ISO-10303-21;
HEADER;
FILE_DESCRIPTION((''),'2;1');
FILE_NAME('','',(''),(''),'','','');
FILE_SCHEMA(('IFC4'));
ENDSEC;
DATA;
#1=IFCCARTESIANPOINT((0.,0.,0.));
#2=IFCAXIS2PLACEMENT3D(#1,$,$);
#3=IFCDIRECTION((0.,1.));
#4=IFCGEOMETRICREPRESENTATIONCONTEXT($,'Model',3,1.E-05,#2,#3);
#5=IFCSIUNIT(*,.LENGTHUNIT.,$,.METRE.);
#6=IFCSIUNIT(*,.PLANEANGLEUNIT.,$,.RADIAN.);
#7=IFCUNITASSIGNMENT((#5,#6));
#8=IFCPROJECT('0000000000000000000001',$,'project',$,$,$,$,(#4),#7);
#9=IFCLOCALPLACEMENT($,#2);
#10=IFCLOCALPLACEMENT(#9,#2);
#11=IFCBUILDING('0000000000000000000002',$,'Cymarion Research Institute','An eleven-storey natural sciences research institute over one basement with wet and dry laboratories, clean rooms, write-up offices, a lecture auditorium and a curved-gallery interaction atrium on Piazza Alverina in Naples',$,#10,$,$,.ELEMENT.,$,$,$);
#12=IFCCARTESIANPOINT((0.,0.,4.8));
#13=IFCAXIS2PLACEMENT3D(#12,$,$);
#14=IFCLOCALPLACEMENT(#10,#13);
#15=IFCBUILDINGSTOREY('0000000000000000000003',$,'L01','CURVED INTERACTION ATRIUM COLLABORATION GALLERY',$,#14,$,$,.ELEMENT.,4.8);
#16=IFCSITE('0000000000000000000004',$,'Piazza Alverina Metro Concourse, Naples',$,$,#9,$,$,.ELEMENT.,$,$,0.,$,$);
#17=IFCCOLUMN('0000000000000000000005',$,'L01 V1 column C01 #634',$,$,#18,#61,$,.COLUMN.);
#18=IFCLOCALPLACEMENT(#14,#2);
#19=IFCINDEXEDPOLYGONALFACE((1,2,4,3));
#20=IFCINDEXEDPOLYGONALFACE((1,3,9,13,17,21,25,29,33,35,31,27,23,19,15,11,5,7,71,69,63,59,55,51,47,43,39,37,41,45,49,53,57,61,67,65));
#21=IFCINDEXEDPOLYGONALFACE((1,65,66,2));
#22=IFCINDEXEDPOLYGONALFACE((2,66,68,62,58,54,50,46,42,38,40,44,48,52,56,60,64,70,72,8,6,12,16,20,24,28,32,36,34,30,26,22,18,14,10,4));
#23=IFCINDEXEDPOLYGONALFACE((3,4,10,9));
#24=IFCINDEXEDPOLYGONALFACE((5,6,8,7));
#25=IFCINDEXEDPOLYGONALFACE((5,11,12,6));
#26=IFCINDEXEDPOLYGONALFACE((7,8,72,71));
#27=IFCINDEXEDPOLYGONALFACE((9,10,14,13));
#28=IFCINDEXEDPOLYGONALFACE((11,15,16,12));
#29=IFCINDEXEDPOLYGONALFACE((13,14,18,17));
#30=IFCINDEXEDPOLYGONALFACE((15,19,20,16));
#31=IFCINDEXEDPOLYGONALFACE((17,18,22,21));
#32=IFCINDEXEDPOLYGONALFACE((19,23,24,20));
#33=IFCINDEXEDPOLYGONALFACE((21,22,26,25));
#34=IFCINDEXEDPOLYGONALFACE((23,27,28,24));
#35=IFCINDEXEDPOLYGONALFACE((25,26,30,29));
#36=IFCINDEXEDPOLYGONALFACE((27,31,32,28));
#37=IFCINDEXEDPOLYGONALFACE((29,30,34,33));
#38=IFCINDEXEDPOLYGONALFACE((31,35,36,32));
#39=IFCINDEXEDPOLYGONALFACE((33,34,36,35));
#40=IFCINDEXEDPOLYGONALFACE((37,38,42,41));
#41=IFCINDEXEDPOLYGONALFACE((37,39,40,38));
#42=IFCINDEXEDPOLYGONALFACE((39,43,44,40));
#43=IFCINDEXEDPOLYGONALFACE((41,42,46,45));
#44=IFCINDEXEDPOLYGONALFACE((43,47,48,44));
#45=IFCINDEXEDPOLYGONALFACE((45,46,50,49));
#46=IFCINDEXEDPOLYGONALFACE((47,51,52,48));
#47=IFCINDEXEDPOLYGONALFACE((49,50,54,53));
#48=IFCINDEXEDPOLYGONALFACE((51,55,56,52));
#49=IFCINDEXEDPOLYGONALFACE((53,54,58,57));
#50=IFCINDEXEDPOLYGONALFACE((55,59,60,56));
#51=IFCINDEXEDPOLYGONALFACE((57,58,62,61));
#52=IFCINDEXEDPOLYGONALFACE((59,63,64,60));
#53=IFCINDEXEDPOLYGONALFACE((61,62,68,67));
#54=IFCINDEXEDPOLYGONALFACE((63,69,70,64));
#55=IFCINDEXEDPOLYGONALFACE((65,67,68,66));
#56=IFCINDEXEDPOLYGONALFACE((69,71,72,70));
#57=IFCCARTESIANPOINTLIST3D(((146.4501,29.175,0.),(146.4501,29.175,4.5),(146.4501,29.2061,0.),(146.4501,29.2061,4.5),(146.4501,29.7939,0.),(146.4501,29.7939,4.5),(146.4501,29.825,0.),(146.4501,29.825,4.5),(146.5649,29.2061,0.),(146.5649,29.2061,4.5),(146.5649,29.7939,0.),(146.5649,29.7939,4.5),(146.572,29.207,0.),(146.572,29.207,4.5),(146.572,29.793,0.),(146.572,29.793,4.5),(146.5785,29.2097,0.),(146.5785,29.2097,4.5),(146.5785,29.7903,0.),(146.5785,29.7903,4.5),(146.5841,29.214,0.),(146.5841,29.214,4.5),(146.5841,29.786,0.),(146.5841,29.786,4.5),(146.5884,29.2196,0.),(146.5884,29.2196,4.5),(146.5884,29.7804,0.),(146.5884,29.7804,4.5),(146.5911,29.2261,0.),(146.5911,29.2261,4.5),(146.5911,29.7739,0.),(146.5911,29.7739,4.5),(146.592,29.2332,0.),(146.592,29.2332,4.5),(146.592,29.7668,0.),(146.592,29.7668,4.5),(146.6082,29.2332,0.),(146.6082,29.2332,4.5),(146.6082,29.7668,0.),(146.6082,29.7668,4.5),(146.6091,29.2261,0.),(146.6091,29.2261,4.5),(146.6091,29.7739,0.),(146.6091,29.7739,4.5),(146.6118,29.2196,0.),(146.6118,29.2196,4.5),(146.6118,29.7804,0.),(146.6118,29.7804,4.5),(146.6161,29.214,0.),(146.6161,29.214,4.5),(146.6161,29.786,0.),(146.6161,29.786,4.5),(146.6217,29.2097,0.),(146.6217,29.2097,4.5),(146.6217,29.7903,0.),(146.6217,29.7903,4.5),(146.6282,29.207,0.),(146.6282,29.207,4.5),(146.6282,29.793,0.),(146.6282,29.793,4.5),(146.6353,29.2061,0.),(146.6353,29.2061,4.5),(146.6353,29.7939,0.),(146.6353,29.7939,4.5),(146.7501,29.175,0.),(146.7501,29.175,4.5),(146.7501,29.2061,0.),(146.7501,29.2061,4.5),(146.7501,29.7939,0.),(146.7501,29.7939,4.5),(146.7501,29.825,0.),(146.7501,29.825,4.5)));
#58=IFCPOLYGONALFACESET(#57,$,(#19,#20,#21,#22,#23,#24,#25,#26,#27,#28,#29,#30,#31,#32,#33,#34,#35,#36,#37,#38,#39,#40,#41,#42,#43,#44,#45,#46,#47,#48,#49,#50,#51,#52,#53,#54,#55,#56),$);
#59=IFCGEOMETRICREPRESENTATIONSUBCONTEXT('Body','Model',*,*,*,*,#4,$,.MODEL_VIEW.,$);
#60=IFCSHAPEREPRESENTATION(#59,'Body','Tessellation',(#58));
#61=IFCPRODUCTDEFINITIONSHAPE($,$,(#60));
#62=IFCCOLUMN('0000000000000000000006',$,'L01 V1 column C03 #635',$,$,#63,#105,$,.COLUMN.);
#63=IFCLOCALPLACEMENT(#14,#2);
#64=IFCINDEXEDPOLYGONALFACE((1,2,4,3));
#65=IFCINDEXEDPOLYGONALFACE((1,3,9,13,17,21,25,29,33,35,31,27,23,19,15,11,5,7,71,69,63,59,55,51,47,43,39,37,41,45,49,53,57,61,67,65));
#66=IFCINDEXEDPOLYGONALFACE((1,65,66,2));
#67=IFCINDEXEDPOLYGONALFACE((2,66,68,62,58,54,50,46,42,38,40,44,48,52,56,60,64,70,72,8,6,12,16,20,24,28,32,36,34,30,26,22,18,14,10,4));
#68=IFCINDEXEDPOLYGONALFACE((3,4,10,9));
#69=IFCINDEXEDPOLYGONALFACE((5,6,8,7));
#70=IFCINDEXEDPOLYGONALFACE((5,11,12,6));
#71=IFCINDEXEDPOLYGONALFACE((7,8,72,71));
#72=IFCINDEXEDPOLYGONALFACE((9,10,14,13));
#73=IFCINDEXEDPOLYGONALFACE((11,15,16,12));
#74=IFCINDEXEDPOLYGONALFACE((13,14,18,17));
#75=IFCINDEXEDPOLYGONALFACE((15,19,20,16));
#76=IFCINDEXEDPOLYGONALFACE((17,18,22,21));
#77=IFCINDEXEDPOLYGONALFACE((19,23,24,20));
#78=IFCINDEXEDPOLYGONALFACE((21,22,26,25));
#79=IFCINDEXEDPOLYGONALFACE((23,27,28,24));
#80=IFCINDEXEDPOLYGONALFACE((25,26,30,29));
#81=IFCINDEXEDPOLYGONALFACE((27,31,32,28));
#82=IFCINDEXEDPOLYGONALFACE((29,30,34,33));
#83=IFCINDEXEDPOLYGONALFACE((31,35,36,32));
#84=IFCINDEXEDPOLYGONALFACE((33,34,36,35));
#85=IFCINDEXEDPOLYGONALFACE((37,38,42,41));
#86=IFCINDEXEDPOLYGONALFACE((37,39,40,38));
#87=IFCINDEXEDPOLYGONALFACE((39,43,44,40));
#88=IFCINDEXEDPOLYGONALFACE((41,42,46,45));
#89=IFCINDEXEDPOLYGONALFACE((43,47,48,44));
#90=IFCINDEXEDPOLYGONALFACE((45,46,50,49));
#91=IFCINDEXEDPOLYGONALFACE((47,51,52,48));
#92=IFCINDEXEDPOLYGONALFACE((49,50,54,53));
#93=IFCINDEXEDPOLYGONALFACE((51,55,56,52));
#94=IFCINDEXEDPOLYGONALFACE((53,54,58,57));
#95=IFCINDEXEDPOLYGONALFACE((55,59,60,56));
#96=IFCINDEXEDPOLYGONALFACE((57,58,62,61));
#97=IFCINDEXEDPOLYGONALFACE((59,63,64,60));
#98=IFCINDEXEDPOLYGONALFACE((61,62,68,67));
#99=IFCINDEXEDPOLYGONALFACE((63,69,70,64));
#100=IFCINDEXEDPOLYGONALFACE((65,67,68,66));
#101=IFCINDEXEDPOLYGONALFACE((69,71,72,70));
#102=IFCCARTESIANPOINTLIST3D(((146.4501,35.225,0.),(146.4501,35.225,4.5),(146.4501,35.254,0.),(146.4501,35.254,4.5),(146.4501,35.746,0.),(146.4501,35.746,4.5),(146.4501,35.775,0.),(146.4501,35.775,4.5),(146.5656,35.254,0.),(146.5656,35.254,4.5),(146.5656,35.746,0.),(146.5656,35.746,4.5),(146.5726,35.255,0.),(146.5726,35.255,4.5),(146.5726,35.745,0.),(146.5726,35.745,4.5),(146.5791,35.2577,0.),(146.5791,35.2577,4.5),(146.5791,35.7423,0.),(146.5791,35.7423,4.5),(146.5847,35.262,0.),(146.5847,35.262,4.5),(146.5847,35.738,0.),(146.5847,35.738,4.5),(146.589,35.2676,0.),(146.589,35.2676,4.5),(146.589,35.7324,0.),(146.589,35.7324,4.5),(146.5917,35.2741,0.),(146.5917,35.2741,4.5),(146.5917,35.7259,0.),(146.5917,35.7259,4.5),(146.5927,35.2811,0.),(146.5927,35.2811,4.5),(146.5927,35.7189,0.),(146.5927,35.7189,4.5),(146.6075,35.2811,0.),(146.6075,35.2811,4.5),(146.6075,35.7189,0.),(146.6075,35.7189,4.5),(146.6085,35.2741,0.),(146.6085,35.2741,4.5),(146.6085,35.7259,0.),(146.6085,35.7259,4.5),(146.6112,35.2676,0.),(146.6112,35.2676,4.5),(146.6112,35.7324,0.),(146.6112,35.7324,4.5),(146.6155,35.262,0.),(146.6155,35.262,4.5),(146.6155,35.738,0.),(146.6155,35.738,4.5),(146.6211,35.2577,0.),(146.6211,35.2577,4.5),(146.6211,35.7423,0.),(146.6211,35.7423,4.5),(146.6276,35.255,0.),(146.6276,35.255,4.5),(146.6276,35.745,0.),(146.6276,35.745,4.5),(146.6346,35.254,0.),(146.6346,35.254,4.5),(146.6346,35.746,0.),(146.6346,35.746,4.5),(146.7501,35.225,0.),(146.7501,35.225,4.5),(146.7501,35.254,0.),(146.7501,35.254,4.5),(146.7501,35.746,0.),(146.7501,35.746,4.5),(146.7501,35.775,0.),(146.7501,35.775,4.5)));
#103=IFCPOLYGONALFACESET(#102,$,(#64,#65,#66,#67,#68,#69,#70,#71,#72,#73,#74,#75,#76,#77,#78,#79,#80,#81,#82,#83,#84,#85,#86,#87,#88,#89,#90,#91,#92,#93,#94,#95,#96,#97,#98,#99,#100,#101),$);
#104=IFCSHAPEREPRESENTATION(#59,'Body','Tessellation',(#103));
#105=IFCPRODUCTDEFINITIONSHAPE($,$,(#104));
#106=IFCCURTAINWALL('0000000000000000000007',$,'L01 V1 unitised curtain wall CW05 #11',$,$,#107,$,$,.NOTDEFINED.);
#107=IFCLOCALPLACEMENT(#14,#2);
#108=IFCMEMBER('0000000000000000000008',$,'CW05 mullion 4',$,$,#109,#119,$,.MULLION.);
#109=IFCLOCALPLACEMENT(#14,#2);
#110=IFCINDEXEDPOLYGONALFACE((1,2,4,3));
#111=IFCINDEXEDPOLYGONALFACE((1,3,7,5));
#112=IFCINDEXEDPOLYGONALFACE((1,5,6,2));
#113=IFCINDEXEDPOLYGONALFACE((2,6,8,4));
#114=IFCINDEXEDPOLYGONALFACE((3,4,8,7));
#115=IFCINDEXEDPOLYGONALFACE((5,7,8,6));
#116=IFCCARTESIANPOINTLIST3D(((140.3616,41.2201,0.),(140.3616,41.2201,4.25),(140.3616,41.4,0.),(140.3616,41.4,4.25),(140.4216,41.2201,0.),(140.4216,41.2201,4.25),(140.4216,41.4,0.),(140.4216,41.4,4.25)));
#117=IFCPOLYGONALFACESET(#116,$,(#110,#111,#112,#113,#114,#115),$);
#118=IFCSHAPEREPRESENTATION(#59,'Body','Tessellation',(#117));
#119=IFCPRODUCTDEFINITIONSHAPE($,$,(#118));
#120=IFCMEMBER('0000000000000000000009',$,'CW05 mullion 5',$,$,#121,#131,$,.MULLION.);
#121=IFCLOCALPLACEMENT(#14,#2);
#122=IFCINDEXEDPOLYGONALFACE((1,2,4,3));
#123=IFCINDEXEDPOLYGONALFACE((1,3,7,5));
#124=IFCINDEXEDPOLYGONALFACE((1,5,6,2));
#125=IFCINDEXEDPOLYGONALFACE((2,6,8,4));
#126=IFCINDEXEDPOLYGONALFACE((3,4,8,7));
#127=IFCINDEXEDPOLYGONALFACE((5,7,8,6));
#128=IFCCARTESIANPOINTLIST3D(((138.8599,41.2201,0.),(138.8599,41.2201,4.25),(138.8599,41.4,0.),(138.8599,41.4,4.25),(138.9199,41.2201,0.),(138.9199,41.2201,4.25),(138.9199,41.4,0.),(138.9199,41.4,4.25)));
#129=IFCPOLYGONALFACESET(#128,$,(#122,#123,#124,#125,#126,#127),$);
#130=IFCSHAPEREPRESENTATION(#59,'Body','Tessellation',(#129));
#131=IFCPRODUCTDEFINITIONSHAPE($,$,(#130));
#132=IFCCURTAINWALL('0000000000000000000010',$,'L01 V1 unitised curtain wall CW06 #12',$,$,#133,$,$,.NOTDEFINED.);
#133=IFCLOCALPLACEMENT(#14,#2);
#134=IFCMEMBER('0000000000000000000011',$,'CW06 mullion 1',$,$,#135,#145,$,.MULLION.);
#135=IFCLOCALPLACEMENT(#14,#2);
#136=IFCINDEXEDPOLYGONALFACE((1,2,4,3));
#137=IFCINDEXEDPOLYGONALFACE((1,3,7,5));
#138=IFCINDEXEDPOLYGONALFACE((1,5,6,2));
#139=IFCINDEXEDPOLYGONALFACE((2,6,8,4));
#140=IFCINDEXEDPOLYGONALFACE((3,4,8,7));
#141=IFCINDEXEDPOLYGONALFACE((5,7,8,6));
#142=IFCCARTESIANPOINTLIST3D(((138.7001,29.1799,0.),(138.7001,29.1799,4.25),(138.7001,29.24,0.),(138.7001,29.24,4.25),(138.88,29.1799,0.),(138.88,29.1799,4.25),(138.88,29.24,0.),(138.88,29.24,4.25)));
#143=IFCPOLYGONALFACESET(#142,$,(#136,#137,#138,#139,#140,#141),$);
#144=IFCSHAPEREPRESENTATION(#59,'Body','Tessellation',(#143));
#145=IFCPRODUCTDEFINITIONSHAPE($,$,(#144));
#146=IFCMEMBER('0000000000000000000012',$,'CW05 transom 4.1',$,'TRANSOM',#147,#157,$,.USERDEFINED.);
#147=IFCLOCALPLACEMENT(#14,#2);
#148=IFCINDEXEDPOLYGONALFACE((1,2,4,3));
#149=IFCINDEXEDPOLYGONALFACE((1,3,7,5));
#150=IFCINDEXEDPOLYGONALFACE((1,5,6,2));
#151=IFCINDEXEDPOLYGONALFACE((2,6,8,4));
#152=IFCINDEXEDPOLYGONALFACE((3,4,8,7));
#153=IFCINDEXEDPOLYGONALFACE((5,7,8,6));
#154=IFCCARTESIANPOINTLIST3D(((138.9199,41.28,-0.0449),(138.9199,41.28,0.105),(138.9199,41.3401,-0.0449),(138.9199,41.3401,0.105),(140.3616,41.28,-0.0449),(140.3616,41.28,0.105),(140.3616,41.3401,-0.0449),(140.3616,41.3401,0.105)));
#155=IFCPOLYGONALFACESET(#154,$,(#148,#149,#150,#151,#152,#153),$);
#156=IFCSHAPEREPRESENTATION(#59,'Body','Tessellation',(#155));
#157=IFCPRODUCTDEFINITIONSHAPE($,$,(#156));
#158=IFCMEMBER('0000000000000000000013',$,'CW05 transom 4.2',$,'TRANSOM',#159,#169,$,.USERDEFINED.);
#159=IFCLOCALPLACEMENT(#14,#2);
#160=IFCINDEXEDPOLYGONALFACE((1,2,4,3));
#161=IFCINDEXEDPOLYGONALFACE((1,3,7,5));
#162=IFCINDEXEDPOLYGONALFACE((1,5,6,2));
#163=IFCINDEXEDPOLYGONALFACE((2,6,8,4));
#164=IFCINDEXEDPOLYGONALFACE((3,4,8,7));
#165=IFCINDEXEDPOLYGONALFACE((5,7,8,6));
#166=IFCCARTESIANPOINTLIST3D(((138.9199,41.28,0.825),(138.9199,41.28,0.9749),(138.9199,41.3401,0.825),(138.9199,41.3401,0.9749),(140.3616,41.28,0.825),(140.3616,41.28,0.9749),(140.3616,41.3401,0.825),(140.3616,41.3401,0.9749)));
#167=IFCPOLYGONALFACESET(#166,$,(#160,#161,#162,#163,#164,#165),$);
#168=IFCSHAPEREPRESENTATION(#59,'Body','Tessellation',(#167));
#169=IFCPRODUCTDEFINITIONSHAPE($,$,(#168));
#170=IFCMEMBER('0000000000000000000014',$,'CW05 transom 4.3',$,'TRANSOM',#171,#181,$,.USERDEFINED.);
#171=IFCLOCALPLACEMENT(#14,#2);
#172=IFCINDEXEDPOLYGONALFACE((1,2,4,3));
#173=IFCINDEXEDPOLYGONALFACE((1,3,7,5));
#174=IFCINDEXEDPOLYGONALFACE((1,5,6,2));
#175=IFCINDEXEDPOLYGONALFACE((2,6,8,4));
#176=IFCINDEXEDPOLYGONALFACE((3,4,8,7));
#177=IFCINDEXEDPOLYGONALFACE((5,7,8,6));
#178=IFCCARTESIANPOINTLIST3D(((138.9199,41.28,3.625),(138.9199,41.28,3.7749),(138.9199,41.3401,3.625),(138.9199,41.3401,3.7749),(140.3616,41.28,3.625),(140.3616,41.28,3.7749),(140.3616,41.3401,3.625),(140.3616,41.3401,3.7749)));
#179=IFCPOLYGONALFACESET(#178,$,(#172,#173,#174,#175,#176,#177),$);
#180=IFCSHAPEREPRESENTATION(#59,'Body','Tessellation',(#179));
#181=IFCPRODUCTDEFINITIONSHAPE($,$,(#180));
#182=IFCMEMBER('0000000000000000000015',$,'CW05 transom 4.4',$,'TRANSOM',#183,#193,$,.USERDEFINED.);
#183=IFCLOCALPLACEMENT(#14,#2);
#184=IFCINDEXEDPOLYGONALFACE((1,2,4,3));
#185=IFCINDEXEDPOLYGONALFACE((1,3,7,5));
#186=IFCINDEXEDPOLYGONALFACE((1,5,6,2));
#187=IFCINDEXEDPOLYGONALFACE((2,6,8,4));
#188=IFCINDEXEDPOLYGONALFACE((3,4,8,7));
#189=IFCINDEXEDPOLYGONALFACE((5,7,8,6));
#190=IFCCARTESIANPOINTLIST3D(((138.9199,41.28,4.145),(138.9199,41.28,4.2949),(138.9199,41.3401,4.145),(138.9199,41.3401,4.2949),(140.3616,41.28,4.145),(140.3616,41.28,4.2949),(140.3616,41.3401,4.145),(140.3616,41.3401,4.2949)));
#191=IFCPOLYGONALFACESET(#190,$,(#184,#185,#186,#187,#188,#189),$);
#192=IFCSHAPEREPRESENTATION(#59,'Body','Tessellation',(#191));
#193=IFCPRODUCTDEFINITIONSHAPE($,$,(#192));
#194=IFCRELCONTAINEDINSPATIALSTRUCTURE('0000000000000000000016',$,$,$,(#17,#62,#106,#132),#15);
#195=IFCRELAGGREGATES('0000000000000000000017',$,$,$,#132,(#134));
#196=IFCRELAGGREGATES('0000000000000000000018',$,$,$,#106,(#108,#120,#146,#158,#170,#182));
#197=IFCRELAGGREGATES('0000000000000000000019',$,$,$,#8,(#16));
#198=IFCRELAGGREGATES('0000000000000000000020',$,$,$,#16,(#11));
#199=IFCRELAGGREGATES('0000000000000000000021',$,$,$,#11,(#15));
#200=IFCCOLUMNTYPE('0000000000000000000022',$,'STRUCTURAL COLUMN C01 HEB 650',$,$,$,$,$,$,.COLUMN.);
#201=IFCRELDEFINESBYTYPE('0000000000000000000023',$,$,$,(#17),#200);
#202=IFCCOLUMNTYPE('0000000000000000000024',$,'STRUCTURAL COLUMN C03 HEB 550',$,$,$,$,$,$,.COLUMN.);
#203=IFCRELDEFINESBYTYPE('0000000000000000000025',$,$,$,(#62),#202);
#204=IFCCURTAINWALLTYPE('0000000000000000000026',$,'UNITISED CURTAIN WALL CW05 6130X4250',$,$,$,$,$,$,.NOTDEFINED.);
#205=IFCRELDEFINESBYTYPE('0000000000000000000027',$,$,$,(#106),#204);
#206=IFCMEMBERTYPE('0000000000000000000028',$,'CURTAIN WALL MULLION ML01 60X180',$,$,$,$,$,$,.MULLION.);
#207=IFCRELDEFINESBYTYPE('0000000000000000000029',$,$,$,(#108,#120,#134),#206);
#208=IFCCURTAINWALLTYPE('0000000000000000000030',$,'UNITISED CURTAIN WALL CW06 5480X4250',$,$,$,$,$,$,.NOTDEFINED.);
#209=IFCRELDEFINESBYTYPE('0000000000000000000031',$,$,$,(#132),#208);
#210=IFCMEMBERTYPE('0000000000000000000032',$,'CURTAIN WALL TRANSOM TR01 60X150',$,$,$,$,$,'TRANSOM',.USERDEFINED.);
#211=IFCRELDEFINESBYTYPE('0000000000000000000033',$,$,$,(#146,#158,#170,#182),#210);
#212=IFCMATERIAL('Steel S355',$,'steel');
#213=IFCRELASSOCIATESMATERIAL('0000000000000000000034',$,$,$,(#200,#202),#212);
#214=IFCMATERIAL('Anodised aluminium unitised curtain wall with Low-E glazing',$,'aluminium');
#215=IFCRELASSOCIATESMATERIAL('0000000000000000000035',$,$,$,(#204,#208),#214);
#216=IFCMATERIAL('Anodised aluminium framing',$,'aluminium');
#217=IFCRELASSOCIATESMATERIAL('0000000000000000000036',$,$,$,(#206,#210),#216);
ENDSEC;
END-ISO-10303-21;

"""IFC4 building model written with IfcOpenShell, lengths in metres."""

from ifc_helpers import new_model, si_unit, direction, frame, origin, origin_2d, place, context, subcontext, project, spatial, rectangle, i_section, extrude, material, material_profile, profile_set, type_object, element, aggregate, save


model = new_model("IFC4")

# Units and contexts
model_context = context("Model", 3, precision=1e-05, world=origin(), true_north=direction((0.0, 1.0)))
body_context = subcontext(model_context, "Body", "Model", "MODEL_VIEW")
ifc_project = project(units=[si_unit("LENGTHUNIT", "METRE"), si_unit("PLANEANGLEUNIT", "RADIAN")], contexts=[model_context])

# Site, building, storey
site_placement = place(None, origin())
site = spatial("IfcSite", under=ifc_project, at=site_placement, Name="Piazza Alverina Metro Concourse, Naples", CompositionType="ELEMENT", RefElevation=0.0)
building_placement = place(site_placement, origin())
building = spatial("IfcBuilding", under=site, at=building_placement, Name="Cymarion Research Institute", Description="An eleven-storey natural sciences research institute over one basement with wet and dry laboratories, clean rooms, write-up offices, a lecture auditorium and a curved-gallery interaction atrium on Piazza Alverina in Naples", CompositionType="ELEMENT")
storey_placement = place(building_placement, frame((0.0, 0.0, 4.8)))
storey = spatial("IfcBuildingStorey", under=building, at=storey_placement, Name="L01", Description="CURVED INTERACTION ATRIUM COLLABORATION GALLERY", CompositionType="ELEMENT", Elevation=4.8)

# Columns
ifc_material_1 = material(Name="Steel S355", Category="steel")
ifc_material_profile_1 = material_profile(ifc_material_1, i_section(OverallWidth=0.3, OverallDepth=0.6499, WebThickness=0.0161, FlangeThickness=0.031, FilletRadius=0.0271, at=origin_2d()), Name="HEB 650")
ifc_profile_set_1 = profile_set([ifc_material_profile_1], Name="Steel S355")
column_type_1 = type_object("IfcColumnType", Name="STRUCTURAL COLUMN C01 HEB 650", PredefinedType="COLUMN", material=ifc_profile_set_1)
column_1_placement = place(storey_placement, frame((146.6001, 29.5, 0.0), z_axis=(0.0, 0.0, 1.0), x_axis=(1.0, 0.0, 0.0)))
element("IfcColumn", 1, at=column_1_placement, inside=storey, type_object=column_type_1, Name="L01 V1 column C01 #634", PredefinedType="COLUMN", context=body_context, shape_type="SweptSolid", body=[
    extrude(i_section(OverallWidth=0.3, OverallDepth=0.6499, WebThickness=0.0161, FlangeThickness=0.031, FilletRadius=0.0271, at=origin_2d()), origin(), (0.0, 0.0, 1.0), 4.5),
])
ifc_material_profile_2 = material_profile(ifc_material_1, i_section(OverallWidth=0.3, OverallDepth=0.55, WebThickness=0.0149, FlangeThickness=0.0291, FilletRadius=0.0271, at=origin_2d()), Name="HEB 550")
ifc_profile_set_2 = profile_set([ifc_material_profile_2], Name="Steel S355")
column_type_2 = type_object("IfcColumnType", Name="STRUCTURAL COLUMN C03 HEB 550", PredefinedType="COLUMN", material=ifc_profile_set_2)
column_2_placement = place(storey_placement, frame((146.6001, 35.5, 0.0), z_axis=(0.0, 0.0, 1.0), x_axis=(1.0, 0.0, 0.0)))
element("IfcColumn", 2, at=column_2_placement, inside=storey, type_object=column_type_2, Name="L01 V1 column C03 #635", PredefinedType="COLUMN", context=body_context, shape_type="SweptSolid", body=[
    extrude(i_section(OverallWidth=0.3, OverallDepth=0.55, WebThickness=0.0149, FlangeThickness=0.0291, FilletRadius=0.0271, at=origin_2d()), origin(), (0.0, 0.0, 1.0), 4.5),
])

# Curtain wall, members
ifc_material_2 = material(Name="Anodised aluminium unitised curtain wall with Low-E glazing", Category="aluminium")
curtain_wall_type_1 = type_object("IfcCurtainWallType", Name="UNITISED CURTAIN WALL CW05 6130X4250", PredefinedType="NOTDEFINED", material=ifc_material_2)
curtain_wall_1_placement = place(storey_placement, origin())
curtain_wall_1 = element("IfcCurtainWall", 3, at=curtain_wall_1_placement, inside=storey, type_object=curtain_wall_type_1, Name="L01 V1 unitised curtain wall CW05 #11", PredefinedType="NOTDEFINED")
ifc_material_3 = material(Name="Anodised aluminium framing", Category="aluminium")
ifc_material_profile_3 = material_profile(ifc_material_3, rectangle(XDim=0.0601, YDim=0.1799, at=origin_2d()), Name="ALU MULLION 60x180")
ifc_profile_set_3 = profile_set([ifc_material_profile_3], Name="Anodised aluminium framing")
member_type_1 = type_object("IfcMemberType", Name="CURTAIN WALL MULLION ML01 60X180", PredefinedType="MULLION", material=ifc_profile_set_3)
member_1_placement = place(storey_placement, frame((140.3916, 41.3101, 0.0), z_axis=(0.0, 0.0, 1.0), x_axis=(-1.0, 0.0, 0.0)))
member_1 = element("IfcMember", 4, at=member_1_placement, type_object=member_type_1, Name="CW05 mullion 4", PredefinedType="MULLION", context=body_context, shape_type="SweptSolid", body=[
    extrude(rectangle(XDim=0.0601, YDim=0.1799, at=origin_2d()), origin(), (0.0, 0.0, 1.0), 4.25),
])
member_2_placement = place(storey_placement, frame((138.8899, 41.3101, 0.0), z_axis=(0.0, 0.0, 1.0), x_axis=(-1.0, 0.0, 0.0)))
member_2 = element("IfcMember", 5, at=member_2_placement, type_object=member_type_1, Name="CW05 mullion 5", PredefinedType="MULLION", context=body_context, shape_type="SweptSolid", body=[
    extrude(rectangle(XDim=0.0601, YDim=0.1799, at=origin_2d()), origin(), (0.0, 0.0, 1.0), 4.25),
])

# Curtain wall, member
curtain_wall_type_2 = type_object("IfcCurtainWallType", Name="UNITISED CURTAIN WALL CW06 5480X4250", PredefinedType="NOTDEFINED", material=ifc_material_2)
curtain_wall_2_placement = place(storey_placement, origin())
curtain_wall_2 = element("IfcCurtainWall", 6, at=curtain_wall_2_placement, inside=storey, type_object=curtain_wall_type_2, Name="L01 V1 unitised curtain wall CW06 #12", PredefinedType="NOTDEFINED")
member_3_placement = place(storey_placement, frame((138.79, 29.21, 0.0), z_axis=(0.0, 0.0, 1.0), x_axis=(0.0, -1.0, 0.0)))
member_3 = element("IfcMember", 7, at=member_3_placement, type_object=member_type_1, Name="CW06 mullion 1", PredefinedType="MULLION", context=body_context, shape_type="SweptSolid", body=[
    extrude(rectangle(XDim=0.0601, YDim=0.1799, at=origin_2d()), origin(), (0.0, 0.0, 1.0), 4.25),
])

# Members
ifc_material_profile_4 = material_profile(ifc_material_3, rectangle(XDim=0.0601, YDim=0.1499, at=origin_2d()), Name="ALU TRANSOM 60x150")
ifc_profile_set_4 = profile_set([ifc_material_profile_4], Name="Anodised aluminium framing")
member_type_2 = type_object("IfcMemberType", Name="CURTAIN WALL TRANSOM TR01 60X150", ElementType="TRANSOM", PredefinedType="USERDEFINED", material=ifc_profile_set_4)
member_4_placement = place(storey_placement, frame((140.3616, 41.3101, 0.03), z_axis=(-1.0, 0.0, 0.0), x_axis=(0.0, -1.0, 0.0)))
member_4 = element("IfcMember", 8, at=member_4_placement, type_object=member_type_2, Name="CW05 transom 4.1", ObjectType="TRANSOM", PredefinedType="USERDEFINED", context=body_context, shape_type="SweptSolid", body=[
    extrude(rectangle(XDim=0.0601, YDim=0.1499, at=origin_2d()), origin(), (0.0, 0.0, 1.0), 1.4417),
])
member_5_placement = place(storey_placement, frame((140.3616, 41.3101, 0.8999), z_axis=(-1.0, 0.0, 0.0), x_axis=(0.0, -1.0, 0.0)))
member_5 = element("IfcMember", 9, at=member_5_placement, type_object=member_type_2, Name="CW05 transom 4.2", ObjectType="TRANSOM", PredefinedType="USERDEFINED", context=body_context, shape_type="SweptSolid", body=[
    extrude(rectangle(XDim=0.0601, YDim=0.1499, at=origin_2d()), origin(), (0.0, 0.0, 1.0), 1.4417),
])
member_6_placement = place(storey_placement, frame((140.3616, 41.3101, 3.7), z_axis=(-1.0, 0.0, 0.0), x_axis=(0.0, -1.0, 0.0)))
member_6 = element("IfcMember", 10, at=member_6_placement, type_object=member_type_2, Name="CW05 transom 4.3", ObjectType="TRANSOM", PredefinedType="USERDEFINED", context=body_context, shape_type="SweptSolid", body=[
    extrude(rectangle(XDim=0.0601, YDim=0.1499, at=origin_2d()), origin(), (0.0, 0.0, 1.0), 1.4417),
])
member_7_placement = place(storey_placement, frame((140.3616, 41.3101, 4.22), z_axis=(-1.0, 0.0, 0.0), x_axis=(0.0, -1.0, 0.0)))
member_7 = element("IfcMember", 11, at=member_7_placement, type_object=member_type_2, Name="CW05 transom 4.4", ObjectType="TRANSOM", PredefinedType="USERDEFINED", context=body_context, shape_type="SweptSolid", body=[
    extrude(rectangle(XDim=0.0601, YDim=0.1499, at=origin_2d()), origin(), (0.0, 0.0, 1.0), 1.4417),
])
aggregate(curtain_wall_2, [member_3])

aggregate(curtain_wall_1, [member_1, member_2, member_4, member_5, member_6, member_7])

save(model, "model.ifc")
